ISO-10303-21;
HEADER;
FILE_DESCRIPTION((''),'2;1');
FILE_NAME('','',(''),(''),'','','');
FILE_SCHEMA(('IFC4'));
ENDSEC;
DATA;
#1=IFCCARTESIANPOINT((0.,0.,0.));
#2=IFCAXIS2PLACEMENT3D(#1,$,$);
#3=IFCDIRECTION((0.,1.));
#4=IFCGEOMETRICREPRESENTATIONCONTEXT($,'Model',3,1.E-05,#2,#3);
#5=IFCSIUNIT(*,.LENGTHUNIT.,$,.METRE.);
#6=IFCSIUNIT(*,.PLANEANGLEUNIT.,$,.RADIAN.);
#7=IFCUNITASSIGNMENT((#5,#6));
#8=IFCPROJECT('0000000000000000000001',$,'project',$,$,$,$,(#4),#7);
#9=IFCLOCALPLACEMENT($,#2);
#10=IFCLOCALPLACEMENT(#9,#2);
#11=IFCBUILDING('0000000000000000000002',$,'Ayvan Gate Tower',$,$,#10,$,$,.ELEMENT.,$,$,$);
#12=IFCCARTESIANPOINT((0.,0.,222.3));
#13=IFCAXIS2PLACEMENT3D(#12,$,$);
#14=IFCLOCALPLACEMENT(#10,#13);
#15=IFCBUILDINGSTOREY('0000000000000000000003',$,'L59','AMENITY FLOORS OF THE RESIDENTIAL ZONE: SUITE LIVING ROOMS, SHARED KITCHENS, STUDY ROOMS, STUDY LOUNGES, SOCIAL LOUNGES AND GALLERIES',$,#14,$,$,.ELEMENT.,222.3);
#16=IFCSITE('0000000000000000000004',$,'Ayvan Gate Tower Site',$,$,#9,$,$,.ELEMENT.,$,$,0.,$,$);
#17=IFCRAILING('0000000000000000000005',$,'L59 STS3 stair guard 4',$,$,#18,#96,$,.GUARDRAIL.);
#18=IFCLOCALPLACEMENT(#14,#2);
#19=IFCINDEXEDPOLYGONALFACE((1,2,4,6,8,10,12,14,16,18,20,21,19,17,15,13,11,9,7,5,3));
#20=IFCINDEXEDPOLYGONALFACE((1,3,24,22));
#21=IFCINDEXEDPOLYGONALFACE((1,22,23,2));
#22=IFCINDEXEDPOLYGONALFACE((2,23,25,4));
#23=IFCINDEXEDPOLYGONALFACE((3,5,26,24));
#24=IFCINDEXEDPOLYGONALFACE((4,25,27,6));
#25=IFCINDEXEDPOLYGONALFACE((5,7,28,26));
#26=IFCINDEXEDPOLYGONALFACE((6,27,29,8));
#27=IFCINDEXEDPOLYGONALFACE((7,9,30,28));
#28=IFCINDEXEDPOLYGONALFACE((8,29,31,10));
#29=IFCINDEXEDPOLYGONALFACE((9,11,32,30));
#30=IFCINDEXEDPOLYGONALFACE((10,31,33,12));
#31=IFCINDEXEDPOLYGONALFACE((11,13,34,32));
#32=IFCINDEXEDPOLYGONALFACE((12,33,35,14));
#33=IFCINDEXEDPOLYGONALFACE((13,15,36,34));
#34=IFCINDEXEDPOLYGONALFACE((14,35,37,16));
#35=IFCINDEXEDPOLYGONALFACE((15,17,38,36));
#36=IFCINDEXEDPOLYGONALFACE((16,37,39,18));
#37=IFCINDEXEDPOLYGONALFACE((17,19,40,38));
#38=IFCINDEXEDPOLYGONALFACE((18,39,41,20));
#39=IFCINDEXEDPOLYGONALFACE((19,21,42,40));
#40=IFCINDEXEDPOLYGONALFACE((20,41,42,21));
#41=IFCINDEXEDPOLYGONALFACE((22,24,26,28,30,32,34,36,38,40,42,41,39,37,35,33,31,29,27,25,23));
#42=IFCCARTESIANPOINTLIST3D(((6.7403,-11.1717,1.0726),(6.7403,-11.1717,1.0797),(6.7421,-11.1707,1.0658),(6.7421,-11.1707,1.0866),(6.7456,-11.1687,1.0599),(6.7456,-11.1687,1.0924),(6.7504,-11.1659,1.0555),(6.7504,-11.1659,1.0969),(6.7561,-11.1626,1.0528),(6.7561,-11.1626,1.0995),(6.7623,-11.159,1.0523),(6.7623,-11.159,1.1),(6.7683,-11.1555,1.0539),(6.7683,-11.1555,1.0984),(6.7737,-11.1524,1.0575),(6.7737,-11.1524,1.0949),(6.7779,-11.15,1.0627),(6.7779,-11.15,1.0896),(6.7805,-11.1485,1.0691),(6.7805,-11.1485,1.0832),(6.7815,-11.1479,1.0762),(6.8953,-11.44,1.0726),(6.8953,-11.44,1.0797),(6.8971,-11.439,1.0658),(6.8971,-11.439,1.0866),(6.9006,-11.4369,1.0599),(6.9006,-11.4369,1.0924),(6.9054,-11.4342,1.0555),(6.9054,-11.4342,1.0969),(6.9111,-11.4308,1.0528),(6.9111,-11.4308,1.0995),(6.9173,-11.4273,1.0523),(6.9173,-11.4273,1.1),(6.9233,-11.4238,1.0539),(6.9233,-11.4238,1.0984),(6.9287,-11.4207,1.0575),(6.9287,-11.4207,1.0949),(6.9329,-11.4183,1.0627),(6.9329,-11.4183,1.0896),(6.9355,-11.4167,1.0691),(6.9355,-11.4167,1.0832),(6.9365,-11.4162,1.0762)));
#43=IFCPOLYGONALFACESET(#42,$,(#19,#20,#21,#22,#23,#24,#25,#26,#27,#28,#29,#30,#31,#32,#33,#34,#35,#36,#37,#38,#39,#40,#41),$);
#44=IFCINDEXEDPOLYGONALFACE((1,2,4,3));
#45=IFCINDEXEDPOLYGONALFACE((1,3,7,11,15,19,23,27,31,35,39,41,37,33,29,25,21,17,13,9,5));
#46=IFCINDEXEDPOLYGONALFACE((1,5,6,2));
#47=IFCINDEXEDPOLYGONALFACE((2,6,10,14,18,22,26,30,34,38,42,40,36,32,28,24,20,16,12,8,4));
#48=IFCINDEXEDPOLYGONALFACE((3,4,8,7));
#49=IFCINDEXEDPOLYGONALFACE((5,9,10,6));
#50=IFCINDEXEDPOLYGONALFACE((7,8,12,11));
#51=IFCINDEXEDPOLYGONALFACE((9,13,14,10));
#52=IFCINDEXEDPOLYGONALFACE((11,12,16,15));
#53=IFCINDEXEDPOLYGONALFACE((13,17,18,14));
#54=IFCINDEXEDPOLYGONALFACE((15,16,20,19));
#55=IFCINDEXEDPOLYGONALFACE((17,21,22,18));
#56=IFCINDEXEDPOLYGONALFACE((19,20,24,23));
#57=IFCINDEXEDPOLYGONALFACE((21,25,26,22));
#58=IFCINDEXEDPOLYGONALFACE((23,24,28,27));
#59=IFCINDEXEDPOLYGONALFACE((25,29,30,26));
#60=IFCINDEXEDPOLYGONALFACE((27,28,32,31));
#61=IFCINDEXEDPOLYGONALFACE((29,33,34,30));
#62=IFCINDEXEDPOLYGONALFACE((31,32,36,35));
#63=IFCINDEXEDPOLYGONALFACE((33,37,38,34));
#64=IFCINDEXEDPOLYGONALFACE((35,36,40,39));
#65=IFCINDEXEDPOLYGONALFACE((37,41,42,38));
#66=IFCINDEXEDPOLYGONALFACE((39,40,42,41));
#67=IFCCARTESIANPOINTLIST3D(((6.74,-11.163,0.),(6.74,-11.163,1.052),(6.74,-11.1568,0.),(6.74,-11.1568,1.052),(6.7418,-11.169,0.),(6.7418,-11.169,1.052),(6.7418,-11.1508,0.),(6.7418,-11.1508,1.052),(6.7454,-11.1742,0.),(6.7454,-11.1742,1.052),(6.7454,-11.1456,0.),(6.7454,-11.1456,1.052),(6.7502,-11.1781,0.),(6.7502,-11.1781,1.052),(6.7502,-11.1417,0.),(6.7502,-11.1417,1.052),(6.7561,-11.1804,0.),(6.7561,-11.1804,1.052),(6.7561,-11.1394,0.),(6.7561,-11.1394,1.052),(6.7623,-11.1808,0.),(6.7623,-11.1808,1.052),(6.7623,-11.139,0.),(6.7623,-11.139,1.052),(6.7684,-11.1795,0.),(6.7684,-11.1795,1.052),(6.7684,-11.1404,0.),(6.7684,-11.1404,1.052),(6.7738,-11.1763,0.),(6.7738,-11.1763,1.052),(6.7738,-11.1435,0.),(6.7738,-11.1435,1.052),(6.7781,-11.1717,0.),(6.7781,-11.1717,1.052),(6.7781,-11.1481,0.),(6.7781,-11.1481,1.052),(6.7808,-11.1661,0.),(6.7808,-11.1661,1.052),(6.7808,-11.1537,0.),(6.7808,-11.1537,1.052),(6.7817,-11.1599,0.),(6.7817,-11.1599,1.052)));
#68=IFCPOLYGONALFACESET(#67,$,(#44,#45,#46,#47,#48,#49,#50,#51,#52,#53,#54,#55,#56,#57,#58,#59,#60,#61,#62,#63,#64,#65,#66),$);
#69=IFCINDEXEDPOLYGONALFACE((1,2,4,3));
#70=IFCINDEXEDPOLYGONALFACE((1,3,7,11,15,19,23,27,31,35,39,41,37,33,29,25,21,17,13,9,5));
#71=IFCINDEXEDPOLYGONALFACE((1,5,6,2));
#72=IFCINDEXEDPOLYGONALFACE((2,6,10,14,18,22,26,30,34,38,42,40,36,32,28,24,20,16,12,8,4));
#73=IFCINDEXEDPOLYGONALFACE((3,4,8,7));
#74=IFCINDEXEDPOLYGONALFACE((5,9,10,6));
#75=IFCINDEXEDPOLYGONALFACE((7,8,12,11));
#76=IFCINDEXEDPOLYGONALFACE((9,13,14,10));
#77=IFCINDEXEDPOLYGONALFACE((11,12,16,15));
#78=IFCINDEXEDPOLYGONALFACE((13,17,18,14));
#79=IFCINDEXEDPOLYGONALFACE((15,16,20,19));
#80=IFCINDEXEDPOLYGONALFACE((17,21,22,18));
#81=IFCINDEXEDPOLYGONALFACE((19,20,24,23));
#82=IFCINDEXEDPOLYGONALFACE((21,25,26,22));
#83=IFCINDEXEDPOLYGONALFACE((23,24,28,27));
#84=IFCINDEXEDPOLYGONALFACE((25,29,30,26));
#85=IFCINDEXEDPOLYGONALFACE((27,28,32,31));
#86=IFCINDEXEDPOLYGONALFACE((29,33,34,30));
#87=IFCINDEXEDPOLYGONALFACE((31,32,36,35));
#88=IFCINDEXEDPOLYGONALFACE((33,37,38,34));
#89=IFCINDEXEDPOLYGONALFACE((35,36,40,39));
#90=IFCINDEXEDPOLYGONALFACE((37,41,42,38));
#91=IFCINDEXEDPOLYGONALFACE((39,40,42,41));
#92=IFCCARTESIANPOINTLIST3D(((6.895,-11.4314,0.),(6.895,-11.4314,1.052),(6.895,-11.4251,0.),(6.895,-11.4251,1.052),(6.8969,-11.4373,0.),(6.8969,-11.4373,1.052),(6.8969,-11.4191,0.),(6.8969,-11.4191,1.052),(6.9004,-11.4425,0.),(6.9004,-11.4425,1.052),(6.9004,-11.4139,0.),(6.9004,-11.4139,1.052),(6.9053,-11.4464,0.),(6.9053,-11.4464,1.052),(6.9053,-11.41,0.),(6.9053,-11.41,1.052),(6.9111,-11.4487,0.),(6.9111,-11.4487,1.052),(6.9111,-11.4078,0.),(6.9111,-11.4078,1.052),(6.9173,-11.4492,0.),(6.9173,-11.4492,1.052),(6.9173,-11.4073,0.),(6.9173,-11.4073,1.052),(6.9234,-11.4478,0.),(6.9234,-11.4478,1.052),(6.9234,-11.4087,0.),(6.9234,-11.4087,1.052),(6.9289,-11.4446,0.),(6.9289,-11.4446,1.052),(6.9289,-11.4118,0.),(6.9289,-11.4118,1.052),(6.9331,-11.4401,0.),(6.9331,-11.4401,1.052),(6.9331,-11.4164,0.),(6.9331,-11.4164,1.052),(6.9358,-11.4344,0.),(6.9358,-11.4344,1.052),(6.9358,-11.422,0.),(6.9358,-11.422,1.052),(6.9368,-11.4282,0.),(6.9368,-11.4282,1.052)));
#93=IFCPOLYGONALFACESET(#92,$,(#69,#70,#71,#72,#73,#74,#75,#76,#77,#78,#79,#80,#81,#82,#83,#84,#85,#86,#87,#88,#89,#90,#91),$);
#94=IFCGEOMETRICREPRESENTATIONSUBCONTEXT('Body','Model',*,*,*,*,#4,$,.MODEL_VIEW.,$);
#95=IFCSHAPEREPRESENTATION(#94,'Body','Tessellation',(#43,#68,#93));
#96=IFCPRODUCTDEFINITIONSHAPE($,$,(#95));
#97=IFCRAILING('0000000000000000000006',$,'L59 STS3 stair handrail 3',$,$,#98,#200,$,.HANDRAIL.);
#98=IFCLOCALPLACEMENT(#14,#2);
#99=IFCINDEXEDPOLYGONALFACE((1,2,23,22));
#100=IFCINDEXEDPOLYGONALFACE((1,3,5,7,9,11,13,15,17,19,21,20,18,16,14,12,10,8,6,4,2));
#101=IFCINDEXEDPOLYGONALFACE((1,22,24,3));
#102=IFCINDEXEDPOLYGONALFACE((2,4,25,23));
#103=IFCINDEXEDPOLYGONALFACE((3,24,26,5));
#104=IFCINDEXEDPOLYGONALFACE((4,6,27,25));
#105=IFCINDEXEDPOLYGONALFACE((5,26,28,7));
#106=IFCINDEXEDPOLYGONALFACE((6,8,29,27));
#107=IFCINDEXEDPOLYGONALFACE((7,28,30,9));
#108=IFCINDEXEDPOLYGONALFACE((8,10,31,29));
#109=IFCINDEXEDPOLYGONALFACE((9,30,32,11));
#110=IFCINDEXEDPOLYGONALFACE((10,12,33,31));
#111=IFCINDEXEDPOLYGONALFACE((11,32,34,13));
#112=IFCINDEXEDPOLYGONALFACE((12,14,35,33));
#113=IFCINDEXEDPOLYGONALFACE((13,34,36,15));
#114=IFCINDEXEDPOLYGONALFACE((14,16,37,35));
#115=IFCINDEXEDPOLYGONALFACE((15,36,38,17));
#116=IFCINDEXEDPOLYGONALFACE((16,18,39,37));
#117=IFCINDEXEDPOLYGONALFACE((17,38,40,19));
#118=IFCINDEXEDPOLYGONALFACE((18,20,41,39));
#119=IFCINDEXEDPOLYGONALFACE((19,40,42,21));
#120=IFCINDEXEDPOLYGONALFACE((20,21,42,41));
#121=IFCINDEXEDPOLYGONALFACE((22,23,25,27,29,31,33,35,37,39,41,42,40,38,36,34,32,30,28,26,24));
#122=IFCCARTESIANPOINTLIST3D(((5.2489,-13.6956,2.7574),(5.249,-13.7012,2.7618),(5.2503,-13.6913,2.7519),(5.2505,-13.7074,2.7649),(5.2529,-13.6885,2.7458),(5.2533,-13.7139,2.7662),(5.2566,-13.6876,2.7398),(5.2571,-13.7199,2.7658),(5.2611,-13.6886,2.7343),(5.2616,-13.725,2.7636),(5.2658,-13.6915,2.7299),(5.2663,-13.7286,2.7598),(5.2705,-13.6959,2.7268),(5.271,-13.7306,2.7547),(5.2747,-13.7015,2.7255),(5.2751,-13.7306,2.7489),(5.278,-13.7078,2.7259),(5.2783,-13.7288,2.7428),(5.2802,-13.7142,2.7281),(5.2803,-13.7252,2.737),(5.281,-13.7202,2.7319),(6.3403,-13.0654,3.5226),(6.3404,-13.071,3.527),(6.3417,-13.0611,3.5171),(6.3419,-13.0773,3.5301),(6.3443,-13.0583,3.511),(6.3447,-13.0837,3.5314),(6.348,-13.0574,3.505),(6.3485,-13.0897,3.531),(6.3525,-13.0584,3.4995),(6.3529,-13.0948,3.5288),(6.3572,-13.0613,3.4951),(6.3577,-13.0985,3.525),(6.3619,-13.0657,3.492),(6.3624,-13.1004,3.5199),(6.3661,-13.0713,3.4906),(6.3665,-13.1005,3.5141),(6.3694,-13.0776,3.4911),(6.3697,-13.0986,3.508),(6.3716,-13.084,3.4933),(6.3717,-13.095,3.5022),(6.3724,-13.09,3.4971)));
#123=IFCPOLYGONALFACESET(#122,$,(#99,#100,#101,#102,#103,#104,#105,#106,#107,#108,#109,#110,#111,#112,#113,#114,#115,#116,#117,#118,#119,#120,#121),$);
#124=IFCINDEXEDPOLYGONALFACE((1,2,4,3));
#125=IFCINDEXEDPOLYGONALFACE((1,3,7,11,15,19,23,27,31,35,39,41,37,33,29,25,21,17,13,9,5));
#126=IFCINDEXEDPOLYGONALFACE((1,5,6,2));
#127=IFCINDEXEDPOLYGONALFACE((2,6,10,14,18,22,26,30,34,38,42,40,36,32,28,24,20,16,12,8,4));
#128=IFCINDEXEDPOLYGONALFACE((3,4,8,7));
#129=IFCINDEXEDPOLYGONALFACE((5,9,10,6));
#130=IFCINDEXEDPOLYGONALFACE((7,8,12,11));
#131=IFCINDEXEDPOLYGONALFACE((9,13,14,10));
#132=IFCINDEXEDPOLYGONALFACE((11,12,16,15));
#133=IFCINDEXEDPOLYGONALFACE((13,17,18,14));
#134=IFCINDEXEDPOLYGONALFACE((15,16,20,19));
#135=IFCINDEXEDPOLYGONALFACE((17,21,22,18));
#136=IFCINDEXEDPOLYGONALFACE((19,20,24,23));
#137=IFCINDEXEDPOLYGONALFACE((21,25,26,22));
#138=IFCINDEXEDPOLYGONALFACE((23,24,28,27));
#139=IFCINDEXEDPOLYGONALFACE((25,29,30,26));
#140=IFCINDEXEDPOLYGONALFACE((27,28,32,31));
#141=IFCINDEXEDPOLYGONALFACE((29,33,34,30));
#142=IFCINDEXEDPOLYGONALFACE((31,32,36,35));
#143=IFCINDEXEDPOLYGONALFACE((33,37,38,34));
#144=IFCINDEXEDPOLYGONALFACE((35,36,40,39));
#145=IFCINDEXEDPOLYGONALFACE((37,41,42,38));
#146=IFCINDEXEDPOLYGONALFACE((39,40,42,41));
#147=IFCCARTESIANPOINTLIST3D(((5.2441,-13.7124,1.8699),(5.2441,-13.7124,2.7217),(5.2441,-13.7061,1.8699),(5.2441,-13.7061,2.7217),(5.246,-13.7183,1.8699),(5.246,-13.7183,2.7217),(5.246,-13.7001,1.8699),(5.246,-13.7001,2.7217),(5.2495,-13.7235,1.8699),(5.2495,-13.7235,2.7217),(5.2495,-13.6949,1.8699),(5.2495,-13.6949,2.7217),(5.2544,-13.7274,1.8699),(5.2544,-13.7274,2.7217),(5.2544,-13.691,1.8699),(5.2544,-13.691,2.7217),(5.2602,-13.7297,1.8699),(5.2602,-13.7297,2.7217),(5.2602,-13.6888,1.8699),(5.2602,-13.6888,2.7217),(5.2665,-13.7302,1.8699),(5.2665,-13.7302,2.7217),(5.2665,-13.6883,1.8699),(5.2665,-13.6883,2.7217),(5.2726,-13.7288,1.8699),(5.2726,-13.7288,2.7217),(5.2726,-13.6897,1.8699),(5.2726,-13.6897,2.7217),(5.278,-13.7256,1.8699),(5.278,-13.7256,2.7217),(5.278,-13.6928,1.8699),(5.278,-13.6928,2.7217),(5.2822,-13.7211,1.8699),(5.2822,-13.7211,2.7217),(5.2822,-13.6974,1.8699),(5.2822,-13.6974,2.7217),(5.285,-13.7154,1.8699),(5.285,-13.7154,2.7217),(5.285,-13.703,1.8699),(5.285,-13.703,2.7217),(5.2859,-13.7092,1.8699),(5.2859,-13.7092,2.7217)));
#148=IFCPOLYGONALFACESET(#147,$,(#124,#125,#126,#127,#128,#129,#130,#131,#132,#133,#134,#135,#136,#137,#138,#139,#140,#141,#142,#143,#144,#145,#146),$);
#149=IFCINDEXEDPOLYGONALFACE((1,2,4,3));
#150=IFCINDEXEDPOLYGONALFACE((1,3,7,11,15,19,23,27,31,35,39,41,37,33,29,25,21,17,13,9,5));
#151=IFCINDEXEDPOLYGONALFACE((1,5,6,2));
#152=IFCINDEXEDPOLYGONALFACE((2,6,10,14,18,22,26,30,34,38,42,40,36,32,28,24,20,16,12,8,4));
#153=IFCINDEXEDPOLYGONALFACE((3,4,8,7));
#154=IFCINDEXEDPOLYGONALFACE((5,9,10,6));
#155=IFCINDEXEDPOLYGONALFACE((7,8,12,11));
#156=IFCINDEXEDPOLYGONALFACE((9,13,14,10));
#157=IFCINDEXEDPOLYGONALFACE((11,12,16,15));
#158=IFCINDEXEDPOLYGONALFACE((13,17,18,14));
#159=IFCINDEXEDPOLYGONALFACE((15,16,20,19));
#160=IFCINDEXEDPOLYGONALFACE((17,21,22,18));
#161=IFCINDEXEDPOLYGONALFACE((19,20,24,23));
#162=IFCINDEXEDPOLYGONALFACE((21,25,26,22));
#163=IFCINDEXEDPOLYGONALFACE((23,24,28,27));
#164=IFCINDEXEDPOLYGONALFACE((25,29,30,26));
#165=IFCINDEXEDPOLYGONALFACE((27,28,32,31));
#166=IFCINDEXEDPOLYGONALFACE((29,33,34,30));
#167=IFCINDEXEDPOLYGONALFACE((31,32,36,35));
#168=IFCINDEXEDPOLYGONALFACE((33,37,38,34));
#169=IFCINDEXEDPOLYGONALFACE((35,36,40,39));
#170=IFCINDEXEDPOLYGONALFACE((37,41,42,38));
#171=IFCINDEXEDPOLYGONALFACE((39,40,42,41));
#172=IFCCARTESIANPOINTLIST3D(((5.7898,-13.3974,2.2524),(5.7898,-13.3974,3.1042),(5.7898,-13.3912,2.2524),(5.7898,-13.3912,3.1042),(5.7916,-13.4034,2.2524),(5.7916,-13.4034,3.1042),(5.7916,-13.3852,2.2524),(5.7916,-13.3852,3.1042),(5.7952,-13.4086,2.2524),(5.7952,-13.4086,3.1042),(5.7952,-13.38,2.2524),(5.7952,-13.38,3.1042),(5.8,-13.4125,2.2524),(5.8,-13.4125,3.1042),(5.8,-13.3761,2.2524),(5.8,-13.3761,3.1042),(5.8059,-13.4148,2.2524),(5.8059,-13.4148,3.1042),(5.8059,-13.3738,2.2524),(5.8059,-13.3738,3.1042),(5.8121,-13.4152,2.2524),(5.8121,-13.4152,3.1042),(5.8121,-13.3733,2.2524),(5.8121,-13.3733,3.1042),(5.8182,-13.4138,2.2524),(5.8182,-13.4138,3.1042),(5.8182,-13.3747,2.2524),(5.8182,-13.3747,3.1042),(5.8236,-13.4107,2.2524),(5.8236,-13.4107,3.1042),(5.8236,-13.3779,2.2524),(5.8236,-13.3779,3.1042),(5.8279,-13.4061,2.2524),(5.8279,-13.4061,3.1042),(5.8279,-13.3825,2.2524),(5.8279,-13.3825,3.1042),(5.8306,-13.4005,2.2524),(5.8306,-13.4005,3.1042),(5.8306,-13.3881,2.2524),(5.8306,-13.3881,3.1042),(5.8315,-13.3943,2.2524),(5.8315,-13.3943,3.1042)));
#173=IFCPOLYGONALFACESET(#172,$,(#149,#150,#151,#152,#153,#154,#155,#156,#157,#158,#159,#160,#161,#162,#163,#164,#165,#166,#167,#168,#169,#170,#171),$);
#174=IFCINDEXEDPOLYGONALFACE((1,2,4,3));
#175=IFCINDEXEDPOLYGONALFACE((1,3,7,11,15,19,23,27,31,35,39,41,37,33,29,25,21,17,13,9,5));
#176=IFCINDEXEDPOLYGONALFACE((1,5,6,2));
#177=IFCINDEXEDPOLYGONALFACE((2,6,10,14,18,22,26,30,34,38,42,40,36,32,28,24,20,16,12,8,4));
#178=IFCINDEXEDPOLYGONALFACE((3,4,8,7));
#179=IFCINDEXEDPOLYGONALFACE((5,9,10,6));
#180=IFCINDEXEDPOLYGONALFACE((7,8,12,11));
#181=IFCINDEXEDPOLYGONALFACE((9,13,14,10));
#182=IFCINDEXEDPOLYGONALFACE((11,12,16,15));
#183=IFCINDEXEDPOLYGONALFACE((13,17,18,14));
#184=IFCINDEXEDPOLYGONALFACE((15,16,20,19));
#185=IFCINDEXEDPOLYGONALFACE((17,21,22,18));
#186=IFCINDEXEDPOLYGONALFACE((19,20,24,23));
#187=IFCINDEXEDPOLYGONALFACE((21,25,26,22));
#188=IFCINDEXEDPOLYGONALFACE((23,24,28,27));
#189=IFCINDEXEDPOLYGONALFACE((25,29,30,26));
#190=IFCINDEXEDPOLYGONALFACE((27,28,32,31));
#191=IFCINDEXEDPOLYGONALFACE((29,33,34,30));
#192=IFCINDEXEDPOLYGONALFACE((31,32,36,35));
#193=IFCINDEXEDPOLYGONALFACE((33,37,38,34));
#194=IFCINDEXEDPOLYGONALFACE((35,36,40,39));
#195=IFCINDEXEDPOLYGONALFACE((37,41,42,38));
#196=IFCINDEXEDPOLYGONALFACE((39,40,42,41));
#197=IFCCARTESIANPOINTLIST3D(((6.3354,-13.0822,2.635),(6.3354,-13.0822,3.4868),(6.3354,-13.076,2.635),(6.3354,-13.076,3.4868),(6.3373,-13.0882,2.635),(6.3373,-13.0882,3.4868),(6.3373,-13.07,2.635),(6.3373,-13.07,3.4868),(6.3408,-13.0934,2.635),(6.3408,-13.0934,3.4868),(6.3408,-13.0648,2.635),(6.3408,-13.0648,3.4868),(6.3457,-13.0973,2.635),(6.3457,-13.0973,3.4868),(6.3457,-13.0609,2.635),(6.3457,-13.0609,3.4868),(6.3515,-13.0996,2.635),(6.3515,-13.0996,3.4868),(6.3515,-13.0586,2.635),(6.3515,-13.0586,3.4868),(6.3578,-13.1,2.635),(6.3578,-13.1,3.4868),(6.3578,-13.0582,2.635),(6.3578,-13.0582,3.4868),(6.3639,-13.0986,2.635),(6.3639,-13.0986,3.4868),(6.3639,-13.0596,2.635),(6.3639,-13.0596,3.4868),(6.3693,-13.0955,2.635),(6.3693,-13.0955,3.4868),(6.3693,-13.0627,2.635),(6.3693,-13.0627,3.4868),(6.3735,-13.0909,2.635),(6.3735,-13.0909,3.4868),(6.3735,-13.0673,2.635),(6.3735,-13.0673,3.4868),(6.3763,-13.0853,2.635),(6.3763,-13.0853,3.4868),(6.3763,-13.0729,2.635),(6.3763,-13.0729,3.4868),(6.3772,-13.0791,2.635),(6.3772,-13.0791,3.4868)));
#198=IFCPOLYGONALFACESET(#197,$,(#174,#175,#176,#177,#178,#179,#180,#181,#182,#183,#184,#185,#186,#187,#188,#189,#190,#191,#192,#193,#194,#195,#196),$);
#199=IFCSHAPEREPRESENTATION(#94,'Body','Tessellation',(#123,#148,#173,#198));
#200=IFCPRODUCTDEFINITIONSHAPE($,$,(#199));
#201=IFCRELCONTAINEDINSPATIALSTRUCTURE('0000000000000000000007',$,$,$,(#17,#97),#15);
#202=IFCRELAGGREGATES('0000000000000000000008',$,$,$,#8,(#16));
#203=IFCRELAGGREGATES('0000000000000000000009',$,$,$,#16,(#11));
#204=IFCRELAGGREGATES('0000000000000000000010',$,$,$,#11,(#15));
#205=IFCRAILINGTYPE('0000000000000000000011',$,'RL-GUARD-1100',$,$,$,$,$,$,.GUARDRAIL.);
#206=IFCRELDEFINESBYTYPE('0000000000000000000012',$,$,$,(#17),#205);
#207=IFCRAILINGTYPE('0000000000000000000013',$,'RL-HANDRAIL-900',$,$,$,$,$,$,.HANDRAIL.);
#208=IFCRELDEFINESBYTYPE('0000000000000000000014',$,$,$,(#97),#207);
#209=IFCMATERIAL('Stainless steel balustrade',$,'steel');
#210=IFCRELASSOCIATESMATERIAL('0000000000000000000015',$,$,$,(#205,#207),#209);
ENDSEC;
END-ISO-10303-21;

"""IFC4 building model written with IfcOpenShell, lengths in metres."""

from ifc_helpers import new_model, si_unit, direction, frame, origin, origin_2d, place, context, subcontext, project, spatial, circle, extrude, material, type_object, element, save


model = new_model("IFC4")

# Units and contexts
model_context = context("Model", 3, precision=1e-05, world=origin(), true_north=direction((0.0, 1.0)))
body_context = subcontext(model_context, "Body", "Model", "MODEL_VIEW")
ifc_project = project(units=[si_unit("LENGTHUNIT", "METRE"), si_unit("PLANEANGLEUNIT", "RADIAN")], contexts=[model_context])

# Site, building, storey
site_placement = place(None, origin())
site = spatial("IfcSite", under=ifc_project, at=site_placement, Name="Ayvan Gate Tower Site", CompositionType="ELEMENT", RefElevation=0.0)
building_placement = place(site_placement, origin())
building = spatial("IfcBuilding", under=site, at=building_placement, Name="Ayvan Gate Tower", CompositionType="ELEMENT")
storey_placement = place(building_placement, frame((0.0, 0.0, 222.3)))
storey = spatial("IfcBuildingStorey", under=building, at=storey_placement, Name="L59", Description="AMENITY FLOORS OF THE RESIDENTIAL ZONE: SUITE LIVING ROOMS, SHARED KITCHENS, STUDY ROOMS, STUDY LOUNGES, SOCIAL LOUNGES AND GALLERIES", CompositionType="ELEMENT", Elevation=222.3)

# Railings
ifc_material_1 = material(Name="Stainless steel balustrade", Category="steel")
railing_type_1 = type_object("IfcRailingType", Name="RL-GUARD-1100", PredefinedType="GUARDRAIL", material=ifc_material_1)
railing_1_placement = place(storey_placement, frame((6.7607, -11.1599, 0.0)))
element("IfcRailing", 1, at=railing_1_placement, inside=storey, type_object=railing_type_1, Name="L59 STS3 stair guard 4", PredefinedType="GUARDRAIL", context=body_context, shape_type="SweptSolid", body=[
    extrude(circle(Radius=0.0239, at=origin_2d()), frame((0.0, 0.0, 1.0762), z_axis=(0.500291, -0.865857, 0.0), x_axis=(0.865857, 0.500291, 0.0)), (0.0, 0.0, 1.0), 0.3098),
    extrude(circle(Radius=0.021, at=origin_2d()), origin(), (0.0, 0.0, 1.0), 1.052),
    extrude(circle(Radius=0.021, at=origin_2d()), frame((0.155, -0.2683, 0.0)), (0.0, 0.0, 1.0), 1.052),
])
railing_type_2 = type_object("IfcRailingType", Name="RL-HANDRAIL-900", PredefinedType="HANDRAIL", material=ifc_material_1)
railing_2_placement = place(storey_placement, frame((5.2649, -13.7092, 1.8699)))
element("IfcRailing", 2, at=railing_2_placement, inside=storey, type_object=railing_type_2, Name="L59 STS3 stair handrail 3", PredefinedType="HANDRAIL", context=body_context, shape_type="SweptSolid", body=[
    extrude(circle(Radius=0.0239, at=origin_2d()), frame((0.0, 0.0, 0.876), z_axis=(0.740241, 0.427419, 0.518996), x_axis=(-0.500035, 0.866005, 0.0)), (0.0, 0.0, 1.0), 1.4744),
    extrude(circle(Radius=0.021, at=origin_2d()), origin(), (0.0, 0.0, 1.0), 0.8518),
    extrude(circle(Radius=0.021, at=origin_2d()), frame((0.5457, 0.3149, 0.3826)), (0.0, 0.0, 1.0), 0.8518),
    extrude(circle(Radius=0.021, at=origin_2d()), frame((1.0913, 0.6301, 0.7651)), (0.0, 0.0, 1.0), 0.8518),
])

save(model, "model.ifc")
